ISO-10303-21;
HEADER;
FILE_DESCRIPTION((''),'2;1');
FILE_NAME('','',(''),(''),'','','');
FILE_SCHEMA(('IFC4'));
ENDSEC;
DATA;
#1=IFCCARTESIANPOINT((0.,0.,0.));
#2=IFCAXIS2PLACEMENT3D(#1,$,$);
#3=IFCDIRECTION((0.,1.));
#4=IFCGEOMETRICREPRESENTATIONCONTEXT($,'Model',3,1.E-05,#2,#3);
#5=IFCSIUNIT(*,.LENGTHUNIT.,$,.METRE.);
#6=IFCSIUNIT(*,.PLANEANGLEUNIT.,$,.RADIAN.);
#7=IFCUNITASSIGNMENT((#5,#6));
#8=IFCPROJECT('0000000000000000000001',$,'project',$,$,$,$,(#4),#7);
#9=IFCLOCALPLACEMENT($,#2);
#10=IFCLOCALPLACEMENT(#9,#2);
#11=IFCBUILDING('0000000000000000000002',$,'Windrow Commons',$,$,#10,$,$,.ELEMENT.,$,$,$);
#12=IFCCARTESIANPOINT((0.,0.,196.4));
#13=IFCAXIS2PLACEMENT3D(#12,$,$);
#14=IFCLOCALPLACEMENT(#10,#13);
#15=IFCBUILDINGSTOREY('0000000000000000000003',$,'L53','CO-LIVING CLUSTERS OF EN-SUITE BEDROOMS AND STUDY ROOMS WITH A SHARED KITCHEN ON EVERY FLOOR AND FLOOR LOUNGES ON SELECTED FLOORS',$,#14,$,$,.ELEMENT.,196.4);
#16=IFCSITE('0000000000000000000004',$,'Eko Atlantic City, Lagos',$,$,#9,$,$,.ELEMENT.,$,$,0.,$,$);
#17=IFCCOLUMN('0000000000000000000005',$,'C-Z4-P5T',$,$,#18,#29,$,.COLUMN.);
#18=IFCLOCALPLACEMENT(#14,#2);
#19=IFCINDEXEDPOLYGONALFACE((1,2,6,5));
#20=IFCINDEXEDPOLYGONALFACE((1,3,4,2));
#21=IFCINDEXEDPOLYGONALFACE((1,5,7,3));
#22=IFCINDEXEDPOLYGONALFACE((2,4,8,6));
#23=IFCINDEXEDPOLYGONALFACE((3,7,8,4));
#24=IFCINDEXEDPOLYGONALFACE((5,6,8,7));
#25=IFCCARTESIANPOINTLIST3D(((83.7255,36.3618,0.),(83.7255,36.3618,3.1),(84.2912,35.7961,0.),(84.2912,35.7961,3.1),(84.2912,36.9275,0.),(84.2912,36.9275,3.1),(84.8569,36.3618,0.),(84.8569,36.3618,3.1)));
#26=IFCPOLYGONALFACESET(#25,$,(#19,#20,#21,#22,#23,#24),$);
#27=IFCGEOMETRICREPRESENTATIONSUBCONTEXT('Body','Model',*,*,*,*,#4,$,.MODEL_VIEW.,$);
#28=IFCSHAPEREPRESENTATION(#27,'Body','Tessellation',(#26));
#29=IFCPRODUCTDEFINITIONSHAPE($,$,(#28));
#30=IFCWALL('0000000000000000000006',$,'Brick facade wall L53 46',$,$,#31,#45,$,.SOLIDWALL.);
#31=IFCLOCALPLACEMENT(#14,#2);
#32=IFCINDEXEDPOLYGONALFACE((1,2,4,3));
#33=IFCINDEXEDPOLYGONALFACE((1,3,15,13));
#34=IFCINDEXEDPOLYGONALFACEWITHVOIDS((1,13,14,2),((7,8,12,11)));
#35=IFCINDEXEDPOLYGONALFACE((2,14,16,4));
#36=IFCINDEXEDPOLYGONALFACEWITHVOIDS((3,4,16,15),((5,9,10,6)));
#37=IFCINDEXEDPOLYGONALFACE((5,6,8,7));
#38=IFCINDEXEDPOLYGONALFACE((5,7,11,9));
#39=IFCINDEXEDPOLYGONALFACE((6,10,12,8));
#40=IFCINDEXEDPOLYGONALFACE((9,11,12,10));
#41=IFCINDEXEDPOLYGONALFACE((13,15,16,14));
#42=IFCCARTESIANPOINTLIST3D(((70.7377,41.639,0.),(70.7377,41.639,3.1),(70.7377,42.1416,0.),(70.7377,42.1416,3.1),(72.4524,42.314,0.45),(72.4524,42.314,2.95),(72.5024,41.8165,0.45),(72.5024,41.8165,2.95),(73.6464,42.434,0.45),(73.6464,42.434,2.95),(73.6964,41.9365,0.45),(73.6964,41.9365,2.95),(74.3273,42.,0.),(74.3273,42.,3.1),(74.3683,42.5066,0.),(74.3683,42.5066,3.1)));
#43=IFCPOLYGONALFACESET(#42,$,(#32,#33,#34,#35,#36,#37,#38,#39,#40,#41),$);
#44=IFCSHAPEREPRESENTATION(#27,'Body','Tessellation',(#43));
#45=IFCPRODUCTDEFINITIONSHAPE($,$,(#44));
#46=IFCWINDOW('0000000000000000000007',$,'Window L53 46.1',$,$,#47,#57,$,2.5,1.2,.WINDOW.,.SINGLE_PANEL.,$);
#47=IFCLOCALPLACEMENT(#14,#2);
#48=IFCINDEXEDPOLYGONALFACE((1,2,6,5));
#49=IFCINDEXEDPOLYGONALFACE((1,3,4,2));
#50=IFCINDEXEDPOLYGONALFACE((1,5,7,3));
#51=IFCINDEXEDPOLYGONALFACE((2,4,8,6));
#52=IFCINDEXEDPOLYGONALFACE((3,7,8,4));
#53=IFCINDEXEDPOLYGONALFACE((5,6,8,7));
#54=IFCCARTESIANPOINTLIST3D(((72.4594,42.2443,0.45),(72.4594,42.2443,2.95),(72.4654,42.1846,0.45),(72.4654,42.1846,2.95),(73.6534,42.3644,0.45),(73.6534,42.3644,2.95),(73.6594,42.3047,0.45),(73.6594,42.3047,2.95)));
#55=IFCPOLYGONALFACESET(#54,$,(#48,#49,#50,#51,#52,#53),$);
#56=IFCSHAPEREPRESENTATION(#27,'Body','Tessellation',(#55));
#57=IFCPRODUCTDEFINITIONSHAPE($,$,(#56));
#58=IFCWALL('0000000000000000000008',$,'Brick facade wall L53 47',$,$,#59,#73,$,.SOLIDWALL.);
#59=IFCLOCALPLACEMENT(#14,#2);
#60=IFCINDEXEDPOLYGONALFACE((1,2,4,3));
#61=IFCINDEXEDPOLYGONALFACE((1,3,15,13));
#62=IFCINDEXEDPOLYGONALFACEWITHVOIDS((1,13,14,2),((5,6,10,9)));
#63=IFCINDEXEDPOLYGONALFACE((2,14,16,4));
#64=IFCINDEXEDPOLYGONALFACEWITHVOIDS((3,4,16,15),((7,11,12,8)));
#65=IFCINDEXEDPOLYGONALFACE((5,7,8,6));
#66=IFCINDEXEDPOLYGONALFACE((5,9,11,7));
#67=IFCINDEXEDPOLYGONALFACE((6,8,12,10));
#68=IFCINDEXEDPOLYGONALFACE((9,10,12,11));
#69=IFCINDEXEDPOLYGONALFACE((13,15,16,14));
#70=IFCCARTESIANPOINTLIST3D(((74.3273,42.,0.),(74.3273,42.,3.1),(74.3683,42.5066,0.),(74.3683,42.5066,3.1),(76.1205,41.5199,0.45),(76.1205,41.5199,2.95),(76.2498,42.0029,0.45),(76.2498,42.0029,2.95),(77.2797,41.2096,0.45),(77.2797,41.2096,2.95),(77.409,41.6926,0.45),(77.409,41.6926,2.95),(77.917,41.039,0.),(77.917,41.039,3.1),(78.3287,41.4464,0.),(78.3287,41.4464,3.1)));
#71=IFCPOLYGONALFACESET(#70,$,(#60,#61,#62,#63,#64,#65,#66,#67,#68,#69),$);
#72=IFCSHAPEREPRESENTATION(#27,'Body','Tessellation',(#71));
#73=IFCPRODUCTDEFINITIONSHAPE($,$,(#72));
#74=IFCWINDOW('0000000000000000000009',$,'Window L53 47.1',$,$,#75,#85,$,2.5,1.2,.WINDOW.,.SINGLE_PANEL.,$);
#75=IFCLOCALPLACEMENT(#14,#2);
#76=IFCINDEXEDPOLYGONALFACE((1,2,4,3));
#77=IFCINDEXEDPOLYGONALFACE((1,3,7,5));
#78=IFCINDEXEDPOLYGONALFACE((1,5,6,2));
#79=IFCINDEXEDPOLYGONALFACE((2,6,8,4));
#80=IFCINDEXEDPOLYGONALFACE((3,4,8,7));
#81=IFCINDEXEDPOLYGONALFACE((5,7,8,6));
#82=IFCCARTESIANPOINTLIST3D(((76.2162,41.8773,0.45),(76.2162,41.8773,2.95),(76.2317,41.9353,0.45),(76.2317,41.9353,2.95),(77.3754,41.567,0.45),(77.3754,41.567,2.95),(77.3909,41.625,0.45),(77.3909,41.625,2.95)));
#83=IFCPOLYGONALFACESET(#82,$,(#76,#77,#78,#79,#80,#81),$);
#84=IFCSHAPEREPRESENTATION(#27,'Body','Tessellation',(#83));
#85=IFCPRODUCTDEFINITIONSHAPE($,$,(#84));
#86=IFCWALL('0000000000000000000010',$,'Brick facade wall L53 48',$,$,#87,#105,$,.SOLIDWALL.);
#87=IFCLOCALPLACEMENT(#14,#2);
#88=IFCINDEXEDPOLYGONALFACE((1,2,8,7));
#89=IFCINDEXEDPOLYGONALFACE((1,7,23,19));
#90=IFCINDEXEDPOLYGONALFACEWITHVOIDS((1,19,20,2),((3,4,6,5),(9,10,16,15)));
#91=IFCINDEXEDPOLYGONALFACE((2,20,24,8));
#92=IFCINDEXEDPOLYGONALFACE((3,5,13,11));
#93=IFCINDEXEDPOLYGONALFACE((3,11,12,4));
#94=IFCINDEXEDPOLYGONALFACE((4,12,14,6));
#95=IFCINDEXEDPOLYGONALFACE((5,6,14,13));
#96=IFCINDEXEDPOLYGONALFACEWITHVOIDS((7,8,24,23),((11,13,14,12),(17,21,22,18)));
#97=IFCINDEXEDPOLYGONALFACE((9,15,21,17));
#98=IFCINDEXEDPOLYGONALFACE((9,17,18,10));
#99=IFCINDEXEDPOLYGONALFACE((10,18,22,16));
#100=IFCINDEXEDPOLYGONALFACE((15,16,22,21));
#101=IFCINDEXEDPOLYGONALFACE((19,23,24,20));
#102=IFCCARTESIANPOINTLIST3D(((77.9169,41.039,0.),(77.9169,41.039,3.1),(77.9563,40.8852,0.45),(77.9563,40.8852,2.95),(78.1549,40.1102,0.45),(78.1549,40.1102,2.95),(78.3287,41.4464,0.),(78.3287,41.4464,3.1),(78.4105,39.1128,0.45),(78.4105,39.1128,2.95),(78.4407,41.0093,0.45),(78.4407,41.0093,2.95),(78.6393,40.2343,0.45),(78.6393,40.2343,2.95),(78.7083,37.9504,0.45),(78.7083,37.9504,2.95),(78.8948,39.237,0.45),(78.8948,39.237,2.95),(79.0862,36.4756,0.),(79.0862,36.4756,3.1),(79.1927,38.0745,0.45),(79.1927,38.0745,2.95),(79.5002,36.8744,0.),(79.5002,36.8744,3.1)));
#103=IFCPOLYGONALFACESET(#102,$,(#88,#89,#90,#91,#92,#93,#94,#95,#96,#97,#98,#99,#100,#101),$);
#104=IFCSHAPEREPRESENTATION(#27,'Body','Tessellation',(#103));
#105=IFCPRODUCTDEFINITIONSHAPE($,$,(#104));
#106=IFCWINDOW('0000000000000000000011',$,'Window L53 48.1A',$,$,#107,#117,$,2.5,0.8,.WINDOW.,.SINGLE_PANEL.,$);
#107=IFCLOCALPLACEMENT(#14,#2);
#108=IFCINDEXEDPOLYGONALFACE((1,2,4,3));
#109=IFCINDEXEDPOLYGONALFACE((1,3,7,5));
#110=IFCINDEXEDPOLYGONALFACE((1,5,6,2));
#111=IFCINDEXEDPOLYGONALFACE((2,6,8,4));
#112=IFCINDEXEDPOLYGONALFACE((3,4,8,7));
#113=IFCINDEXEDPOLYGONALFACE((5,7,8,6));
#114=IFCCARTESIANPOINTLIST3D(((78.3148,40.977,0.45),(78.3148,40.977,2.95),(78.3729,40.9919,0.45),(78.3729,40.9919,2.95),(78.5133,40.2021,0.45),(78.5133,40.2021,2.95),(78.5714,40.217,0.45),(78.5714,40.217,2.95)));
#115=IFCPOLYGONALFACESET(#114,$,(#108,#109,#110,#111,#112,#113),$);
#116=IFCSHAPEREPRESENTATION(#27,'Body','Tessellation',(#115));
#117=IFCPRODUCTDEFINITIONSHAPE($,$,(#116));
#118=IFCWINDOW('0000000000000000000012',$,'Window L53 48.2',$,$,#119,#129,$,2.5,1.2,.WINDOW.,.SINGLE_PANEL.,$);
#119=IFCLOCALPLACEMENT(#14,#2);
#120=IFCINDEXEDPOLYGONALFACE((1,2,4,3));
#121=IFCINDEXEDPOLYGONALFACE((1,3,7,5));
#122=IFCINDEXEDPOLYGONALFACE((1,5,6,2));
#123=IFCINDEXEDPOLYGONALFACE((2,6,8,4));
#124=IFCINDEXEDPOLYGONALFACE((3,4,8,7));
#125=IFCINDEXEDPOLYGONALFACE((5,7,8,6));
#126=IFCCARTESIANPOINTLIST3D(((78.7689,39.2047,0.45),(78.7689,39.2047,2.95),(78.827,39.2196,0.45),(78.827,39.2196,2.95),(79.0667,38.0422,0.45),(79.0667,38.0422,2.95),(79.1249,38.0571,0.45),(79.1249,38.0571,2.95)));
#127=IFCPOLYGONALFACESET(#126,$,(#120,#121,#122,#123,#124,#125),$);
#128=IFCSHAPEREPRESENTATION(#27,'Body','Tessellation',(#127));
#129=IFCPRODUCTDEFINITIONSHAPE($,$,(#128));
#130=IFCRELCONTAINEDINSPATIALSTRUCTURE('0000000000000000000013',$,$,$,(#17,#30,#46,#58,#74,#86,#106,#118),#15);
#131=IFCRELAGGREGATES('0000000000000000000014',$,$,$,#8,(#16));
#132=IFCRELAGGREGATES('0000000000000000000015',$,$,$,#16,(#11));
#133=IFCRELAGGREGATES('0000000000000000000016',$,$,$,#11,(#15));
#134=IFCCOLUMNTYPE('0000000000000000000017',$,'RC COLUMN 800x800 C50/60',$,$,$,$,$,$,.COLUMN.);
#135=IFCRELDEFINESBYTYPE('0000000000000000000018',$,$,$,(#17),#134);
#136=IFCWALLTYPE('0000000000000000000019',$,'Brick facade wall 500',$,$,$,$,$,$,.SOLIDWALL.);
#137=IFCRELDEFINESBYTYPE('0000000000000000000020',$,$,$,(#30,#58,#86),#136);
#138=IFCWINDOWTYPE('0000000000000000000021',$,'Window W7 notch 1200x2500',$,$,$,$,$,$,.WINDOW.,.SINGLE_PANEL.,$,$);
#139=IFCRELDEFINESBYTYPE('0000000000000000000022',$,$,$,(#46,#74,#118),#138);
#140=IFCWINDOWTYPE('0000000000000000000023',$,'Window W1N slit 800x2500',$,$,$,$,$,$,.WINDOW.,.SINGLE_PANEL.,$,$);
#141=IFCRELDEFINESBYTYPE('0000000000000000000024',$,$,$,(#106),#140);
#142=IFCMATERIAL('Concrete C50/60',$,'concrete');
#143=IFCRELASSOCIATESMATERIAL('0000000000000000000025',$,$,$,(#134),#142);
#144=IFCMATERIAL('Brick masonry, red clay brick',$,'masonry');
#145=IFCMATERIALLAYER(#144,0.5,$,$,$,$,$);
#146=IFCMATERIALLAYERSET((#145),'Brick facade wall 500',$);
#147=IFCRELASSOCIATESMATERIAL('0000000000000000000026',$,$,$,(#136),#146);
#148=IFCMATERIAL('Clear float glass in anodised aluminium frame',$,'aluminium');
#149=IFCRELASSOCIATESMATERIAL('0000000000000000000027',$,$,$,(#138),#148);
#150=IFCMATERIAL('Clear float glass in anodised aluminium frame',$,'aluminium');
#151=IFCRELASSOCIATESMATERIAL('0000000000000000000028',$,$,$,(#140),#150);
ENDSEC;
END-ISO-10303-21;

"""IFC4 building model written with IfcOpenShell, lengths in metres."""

from ifc_helpers import new_model, si_unit, direction, frame, frame_2d, origin, origin_2d, place, context, subcontext, project, spatial, polyline, rectangle, outline, extrude, material, layer, layer_set, material_profile, profile_set, type_object, element, fill, save


model = new_model("IFC4")

# Units and contexts
model_context = context("Model", 3, precision=1e-05, world=origin(), true_north=direction((0.0, 1.0)))
body_context = subcontext(model_context, "Body", "Model", "MODEL_VIEW")
ifc_project = project(units=[si_unit("LENGTHUNIT", "METRE"), si_unit("PLANEANGLEUNIT", "RADIAN")], contexts=[model_context])

# Site, building, storey
site_placement = place(None, origin())
site = spatial("IfcSite", under=ifc_project, at=site_placement, Name="Eko Atlantic City, Lagos", CompositionType="ELEMENT", RefElevation=0.0)
building_placement = place(site_placement, origin())
building = spatial("IfcBuilding", under=site, at=building_placement, Name="Windrow Commons", CompositionType="ELEMENT")
storey_placement = place(building_placement, frame((0.0, 0.0, 196.4)))
storey = spatial("IfcBuildingStorey", under=building, at=storey_placement, Name="L53", Description="CO-LIVING CLUSTERS OF EN-SUITE BEDROOMS AND STUDY ROOMS WITH A SHARED KITCHEN ON EVERY FLOOR AND FLOOR LOUNGES ON SELECTED FLOORS", CompositionType="ELEMENT", Elevation=196.4)

# Column
ifc_material_1 = material(Name="Concrete C50/60", Category="concrete")
ifc_material_profile = material_profile(ifc_material_1, rectangle(XDim=0.8, YDim=0.8, at=origin_2d()))
ifc_profile_set = profile_set([ifc_material_profile], Name="Concrete C50/60")
column_type = type_object("IfcColumnType", Name="RC COLUMN 800x800 C50/60", PredefinedType="COLUMN", material=ifc_profile_set)
column_placement = place(storey_placement, frame((84.2912, 36.3618, 0.0), z_axis=(0.0, 0.0, 1.0), x_axis=(0.707107, -0.707107, 0.0)))
element("IfcColumn", 1, at=column_placement, inside=storey, type_object=column_type, Name="C-Z4-P5T", PredefinedType="COLUMN", context=body_context, shape_type="SweptSolid", body=[
    extrude(rectangle(XDim=0.8, YDim=0.8, at=origin_2d()), origin(), (0.0, 0.0, 1.0), 3.1),
])

# Walls, openings, windows
ifc_material_2 = material(Name="Brick masonry, red clay brick", Category="masonry")
ifc_layer_1 = layer(ifc_material_2, 0.5)
ifc_layer_set_1 = layer_set([ifc_layer_1], Name="Brick facade wall 500")
wall_type_1 = type_object("IfcWallType", Name="Brick facade wall 500", PredefinedType="SOLIDWALL", material=ifc_layer_set_1)
wall_1_placement = place(storey_placement, frame((70.7377, 41.8903, 0.0), z_axis=(0.0, 0.0, 1.0), x_axis=(0.994983, 0.100047, 0.0)))
wall_1 = element("IfcWall", 2, at=wall_1_placement, inside=storey, type_object=wall_type_1, Name="Brick facade wall L53 46", PredefinedType="SOLIDWALL", context=body_context, shape_type="SweptSolid", body=[
    extrude(outline(polyline([(-0.0251, -0.25), (3.5826, -0.25), (3.674, 0.25), (0.0251, 0.25), (-0.0251, -0.25)])), origin(), (0.0, 0.0, 1.0), 3.1),
])
opening_1_placement = place(wall_1_placement, frame((1.7485, 0.0, 0.45)))
opening_1 = element("IfcOpeningElement", 3, at=opening_1_placement, cuts=wall_1, PredefinedType="OPENING", context=body_context, shape_type="SweptSolid", body=[
    extrude(rectangle(XDim=1.2, YDim=2.5, at=frame_2d((0.6, 1.25))), frame((0.0, 0.26, 0.0), z_axis=(0.0, -1.0, 0.0), x_axis=(1.0, 0.0, 0.0)), (0.0, 0.0, 1.0), 0.52),
])
ifc_material_3 = material(Name="Clear float glass in anodised aluminium frame", Category="aluminium")
window_type_1 = type_object("IfcWindowType", Name="Window W7 notch 1200x2500", PartitioningType="SINGLE_PANEL", PredefinedType="WINDOW", material=ifc_material_3)
window_1_placement = place(opening_1_placement, origin())
window_1 = element("IfcWindow", 4, at=window_1_placement, inside=storey, type_object=window_type_1, Name="Window L53 46.1", OverallHeight=2.5, OverallWidth=1.2, PartitioningType="SINGLE_PANEL", PredefinedType="WINDOW", context=body_context, shape_type="SweptSolid", body=[
    extrude(rectangle(XDim=1.2, YDim=2.5, at=frame_2d((0.6, 1.25))), frame((0.0, 0.18, 0.0), z_axis=(0.0, -1.0, 0.0), x_axis=(1.0, 0.0, 0.0)), (0.0, 0.0, 1.0), 0.06),
])
fill(opening_1, window_1)
wall_2_placement = place(storey_placement, frame((74.3478, 42.2533, 0.0), z_axis=(0.0, 0.0, 1.0), x_axis=(0.965984, -0.258602, 0.0)))
wall_2 = element("IfcWall", 5, at=wall_2_placement, inside=storey, type_object=wall_type_1, Name="Brick facade wall L53 47", PredefinedType="SOLIDWALL", context=body_context, shape_type="SweptSolid", body=[
    extrude(outline(polyline([(0.0457, -0.25), (3.7618, -0.25), (4.0542, 0.25), (-0.0457, 0.25), (0.0457, -0.25)])), origin(), (0.0, 0.0, 1.0), 3.1),
])
opening_2_placement = place(wall_2_placement, frame((1.9021, 0.0, 0.45)))
opening_2 = element("IfcOpeningElement", 6, at=opening_2_placement, cuts=wall_2, PredefinedType="OPENING", context=body_context, shape_type="SweptSolid", body=[
    extrude(rectangle(XDim=1.2, YDim=2.5, at=frame_2d((0.6, 1.25))), frame((0.0, 0.26, 0.0), z_axis=(0.0, -1.0, 0.0), x_axis=(1.0, 0.0, 0.0)), (0.0, 0.0, 1.0), 0.52),
])
window_2_placement = place(opening_2_placement, origin())
window_2 = element("IfcWindow", 7, at=window_2_placement, inside=storey, type_object=window_type_1, Name="Window L53 47.1", OverallHeight=2.5, OverallWidth=1.2, PartitioningType="SINGLE_PANEL", PredefinedType="WINDOW", context=body_context, shape_type="SweptSolid", body=[
    extrude(rectangle(XDim=1.2, YDim=2.5, at=frame_2d((0.6, 1.25))), frame((0.0, 0.18, 0.0), z_axis=(0.0, -1.0, 0.0), x_axis=(1.0, 0.0, 0.0)), (0.0, 0.0, 1.0), 0.06),
])
fill(opening_2, window_2)

# Wall, openings, windows
wall_3_placement = place(storey_placement, frame((78.1228, 41.2427, 0.0), z_axis=(0.0, 0.0, 1.0), x_axis=(0.248215, -0.968705, 0.0)))
wall_3 = element("IfcWall", 8, at=wall_3_placement, inside=storey, type_object=wall_type_1, Name="Brick facade wall L53 48", PredefinedType="SOLIDWALL", context=body_context, shape_type="SweptSolid", body=[
    extrude(outline(polyline([(0.1462, -0.25), (4.857, -0.25), (4.5735, 0.25), (-0.1462, 0.25), (0.1462, -0.25)])), origin(), (0.0, 0.0, 1.0), 3.1),
])
opening_3_placement = place(wall_3_placement, frame((2.1346, 0.0, 0.45)))
opening_3 = element("IfcOpeningElement", 9, at=opening_3_placement, cuts=wall_3, PredefinedType="OPENING", context=body_context, shape_type="SweptSolid", body=[
    extrude(rectangle(XDim=1.2, YDim=2.5, at=frame_2d((0.6, 1.25))), frame((0.0, 0.26, 0.0), z_axis=(0.0, -1.0, 0.0), x_axis=(1.0, 0.0, 0.0)), (0.0, 0.0, 1.0), 0.52),
])
opening_4_placement = place(wall_3_placement, frame((0.305, 0.0, 0.45)))
opening_4 = element("IfcOpeningElement", 10, at=opening_4_placement, cuts=wall_3, PredefinedType="OPENING", context=body_context, shape_type="SweptSolid", body=[
    extrude(rectangle(XDim=0.8, YDim=2.5, at=frame_2d((0.4, 1.25))), frame((0.0, 0.26, 0.0), z_axis=(0.0, -1.0, 0.0), x_axis=(1.0, 0.0, 0.0)), (0.0, 0.0, 1.0), 0.52),
])
ifc_material_4 = material(Name="Clear float glass in anodised aluminium frame", Category="aluminium")
window_type_2 = type_object("IfcWindowType", Name="Window W1N slit 800x2500", PartitioningType="SINGLE_PANEL", PredefinedType="WINDOW", material=ifc_material_4)
window_3_placement = place(opening_4_placement, origin())
window_3 = element("IfcWindow", 11, at=window_3_placement, inside=storey, type_object=window_type_2, Name="Window L53 48.1A", OverallHeight=2.5, OverallWidth=0.8, PartitioningType="SINGLE_PANEL", PredefinedType="WINDOW", context=body_context, shape_type="SweptSolid", body=[
    extrude(rectangle(XDim=0.8, YDim=2.5, at=frame_2d((0.4, 1.25))), frame((0.0, 0.18, 0.0), z_axis=(0.0, -1.0, 0.0), x_axis=(1.0, 0.0, 0.0)), (0.0, 0.0, 1.0), 0.06),
])
fill(opening_4, window_3)
window_4_placement = place(opening_3_placement, origin())
window_4 = element("IfcWindow", 12, at=window_4_placement, inside=storey, type_object=window_type_1, Name="Window L53 48.2", OverallHeight=2.5, OverallWidth=1.2, PartitioningType="SINGLE_PANEL", PredefinedType="WINDOW", context=body_context, shape_type="SweptSolid", body=[
    extrude(rectangle(XDim=1.2, YDim=2.5, at=frame_2d((0.6, 1.25))), frame((0.0, 0.18, 0.0), z_axis=(0.0, -1.0, 0.0), x_axis=(1.0, 0.0, 0.0)), (0.0, 0.0, 1.0), 0.06),
])
fill(opening_3, window_4)

save(model, "model.ifc")
